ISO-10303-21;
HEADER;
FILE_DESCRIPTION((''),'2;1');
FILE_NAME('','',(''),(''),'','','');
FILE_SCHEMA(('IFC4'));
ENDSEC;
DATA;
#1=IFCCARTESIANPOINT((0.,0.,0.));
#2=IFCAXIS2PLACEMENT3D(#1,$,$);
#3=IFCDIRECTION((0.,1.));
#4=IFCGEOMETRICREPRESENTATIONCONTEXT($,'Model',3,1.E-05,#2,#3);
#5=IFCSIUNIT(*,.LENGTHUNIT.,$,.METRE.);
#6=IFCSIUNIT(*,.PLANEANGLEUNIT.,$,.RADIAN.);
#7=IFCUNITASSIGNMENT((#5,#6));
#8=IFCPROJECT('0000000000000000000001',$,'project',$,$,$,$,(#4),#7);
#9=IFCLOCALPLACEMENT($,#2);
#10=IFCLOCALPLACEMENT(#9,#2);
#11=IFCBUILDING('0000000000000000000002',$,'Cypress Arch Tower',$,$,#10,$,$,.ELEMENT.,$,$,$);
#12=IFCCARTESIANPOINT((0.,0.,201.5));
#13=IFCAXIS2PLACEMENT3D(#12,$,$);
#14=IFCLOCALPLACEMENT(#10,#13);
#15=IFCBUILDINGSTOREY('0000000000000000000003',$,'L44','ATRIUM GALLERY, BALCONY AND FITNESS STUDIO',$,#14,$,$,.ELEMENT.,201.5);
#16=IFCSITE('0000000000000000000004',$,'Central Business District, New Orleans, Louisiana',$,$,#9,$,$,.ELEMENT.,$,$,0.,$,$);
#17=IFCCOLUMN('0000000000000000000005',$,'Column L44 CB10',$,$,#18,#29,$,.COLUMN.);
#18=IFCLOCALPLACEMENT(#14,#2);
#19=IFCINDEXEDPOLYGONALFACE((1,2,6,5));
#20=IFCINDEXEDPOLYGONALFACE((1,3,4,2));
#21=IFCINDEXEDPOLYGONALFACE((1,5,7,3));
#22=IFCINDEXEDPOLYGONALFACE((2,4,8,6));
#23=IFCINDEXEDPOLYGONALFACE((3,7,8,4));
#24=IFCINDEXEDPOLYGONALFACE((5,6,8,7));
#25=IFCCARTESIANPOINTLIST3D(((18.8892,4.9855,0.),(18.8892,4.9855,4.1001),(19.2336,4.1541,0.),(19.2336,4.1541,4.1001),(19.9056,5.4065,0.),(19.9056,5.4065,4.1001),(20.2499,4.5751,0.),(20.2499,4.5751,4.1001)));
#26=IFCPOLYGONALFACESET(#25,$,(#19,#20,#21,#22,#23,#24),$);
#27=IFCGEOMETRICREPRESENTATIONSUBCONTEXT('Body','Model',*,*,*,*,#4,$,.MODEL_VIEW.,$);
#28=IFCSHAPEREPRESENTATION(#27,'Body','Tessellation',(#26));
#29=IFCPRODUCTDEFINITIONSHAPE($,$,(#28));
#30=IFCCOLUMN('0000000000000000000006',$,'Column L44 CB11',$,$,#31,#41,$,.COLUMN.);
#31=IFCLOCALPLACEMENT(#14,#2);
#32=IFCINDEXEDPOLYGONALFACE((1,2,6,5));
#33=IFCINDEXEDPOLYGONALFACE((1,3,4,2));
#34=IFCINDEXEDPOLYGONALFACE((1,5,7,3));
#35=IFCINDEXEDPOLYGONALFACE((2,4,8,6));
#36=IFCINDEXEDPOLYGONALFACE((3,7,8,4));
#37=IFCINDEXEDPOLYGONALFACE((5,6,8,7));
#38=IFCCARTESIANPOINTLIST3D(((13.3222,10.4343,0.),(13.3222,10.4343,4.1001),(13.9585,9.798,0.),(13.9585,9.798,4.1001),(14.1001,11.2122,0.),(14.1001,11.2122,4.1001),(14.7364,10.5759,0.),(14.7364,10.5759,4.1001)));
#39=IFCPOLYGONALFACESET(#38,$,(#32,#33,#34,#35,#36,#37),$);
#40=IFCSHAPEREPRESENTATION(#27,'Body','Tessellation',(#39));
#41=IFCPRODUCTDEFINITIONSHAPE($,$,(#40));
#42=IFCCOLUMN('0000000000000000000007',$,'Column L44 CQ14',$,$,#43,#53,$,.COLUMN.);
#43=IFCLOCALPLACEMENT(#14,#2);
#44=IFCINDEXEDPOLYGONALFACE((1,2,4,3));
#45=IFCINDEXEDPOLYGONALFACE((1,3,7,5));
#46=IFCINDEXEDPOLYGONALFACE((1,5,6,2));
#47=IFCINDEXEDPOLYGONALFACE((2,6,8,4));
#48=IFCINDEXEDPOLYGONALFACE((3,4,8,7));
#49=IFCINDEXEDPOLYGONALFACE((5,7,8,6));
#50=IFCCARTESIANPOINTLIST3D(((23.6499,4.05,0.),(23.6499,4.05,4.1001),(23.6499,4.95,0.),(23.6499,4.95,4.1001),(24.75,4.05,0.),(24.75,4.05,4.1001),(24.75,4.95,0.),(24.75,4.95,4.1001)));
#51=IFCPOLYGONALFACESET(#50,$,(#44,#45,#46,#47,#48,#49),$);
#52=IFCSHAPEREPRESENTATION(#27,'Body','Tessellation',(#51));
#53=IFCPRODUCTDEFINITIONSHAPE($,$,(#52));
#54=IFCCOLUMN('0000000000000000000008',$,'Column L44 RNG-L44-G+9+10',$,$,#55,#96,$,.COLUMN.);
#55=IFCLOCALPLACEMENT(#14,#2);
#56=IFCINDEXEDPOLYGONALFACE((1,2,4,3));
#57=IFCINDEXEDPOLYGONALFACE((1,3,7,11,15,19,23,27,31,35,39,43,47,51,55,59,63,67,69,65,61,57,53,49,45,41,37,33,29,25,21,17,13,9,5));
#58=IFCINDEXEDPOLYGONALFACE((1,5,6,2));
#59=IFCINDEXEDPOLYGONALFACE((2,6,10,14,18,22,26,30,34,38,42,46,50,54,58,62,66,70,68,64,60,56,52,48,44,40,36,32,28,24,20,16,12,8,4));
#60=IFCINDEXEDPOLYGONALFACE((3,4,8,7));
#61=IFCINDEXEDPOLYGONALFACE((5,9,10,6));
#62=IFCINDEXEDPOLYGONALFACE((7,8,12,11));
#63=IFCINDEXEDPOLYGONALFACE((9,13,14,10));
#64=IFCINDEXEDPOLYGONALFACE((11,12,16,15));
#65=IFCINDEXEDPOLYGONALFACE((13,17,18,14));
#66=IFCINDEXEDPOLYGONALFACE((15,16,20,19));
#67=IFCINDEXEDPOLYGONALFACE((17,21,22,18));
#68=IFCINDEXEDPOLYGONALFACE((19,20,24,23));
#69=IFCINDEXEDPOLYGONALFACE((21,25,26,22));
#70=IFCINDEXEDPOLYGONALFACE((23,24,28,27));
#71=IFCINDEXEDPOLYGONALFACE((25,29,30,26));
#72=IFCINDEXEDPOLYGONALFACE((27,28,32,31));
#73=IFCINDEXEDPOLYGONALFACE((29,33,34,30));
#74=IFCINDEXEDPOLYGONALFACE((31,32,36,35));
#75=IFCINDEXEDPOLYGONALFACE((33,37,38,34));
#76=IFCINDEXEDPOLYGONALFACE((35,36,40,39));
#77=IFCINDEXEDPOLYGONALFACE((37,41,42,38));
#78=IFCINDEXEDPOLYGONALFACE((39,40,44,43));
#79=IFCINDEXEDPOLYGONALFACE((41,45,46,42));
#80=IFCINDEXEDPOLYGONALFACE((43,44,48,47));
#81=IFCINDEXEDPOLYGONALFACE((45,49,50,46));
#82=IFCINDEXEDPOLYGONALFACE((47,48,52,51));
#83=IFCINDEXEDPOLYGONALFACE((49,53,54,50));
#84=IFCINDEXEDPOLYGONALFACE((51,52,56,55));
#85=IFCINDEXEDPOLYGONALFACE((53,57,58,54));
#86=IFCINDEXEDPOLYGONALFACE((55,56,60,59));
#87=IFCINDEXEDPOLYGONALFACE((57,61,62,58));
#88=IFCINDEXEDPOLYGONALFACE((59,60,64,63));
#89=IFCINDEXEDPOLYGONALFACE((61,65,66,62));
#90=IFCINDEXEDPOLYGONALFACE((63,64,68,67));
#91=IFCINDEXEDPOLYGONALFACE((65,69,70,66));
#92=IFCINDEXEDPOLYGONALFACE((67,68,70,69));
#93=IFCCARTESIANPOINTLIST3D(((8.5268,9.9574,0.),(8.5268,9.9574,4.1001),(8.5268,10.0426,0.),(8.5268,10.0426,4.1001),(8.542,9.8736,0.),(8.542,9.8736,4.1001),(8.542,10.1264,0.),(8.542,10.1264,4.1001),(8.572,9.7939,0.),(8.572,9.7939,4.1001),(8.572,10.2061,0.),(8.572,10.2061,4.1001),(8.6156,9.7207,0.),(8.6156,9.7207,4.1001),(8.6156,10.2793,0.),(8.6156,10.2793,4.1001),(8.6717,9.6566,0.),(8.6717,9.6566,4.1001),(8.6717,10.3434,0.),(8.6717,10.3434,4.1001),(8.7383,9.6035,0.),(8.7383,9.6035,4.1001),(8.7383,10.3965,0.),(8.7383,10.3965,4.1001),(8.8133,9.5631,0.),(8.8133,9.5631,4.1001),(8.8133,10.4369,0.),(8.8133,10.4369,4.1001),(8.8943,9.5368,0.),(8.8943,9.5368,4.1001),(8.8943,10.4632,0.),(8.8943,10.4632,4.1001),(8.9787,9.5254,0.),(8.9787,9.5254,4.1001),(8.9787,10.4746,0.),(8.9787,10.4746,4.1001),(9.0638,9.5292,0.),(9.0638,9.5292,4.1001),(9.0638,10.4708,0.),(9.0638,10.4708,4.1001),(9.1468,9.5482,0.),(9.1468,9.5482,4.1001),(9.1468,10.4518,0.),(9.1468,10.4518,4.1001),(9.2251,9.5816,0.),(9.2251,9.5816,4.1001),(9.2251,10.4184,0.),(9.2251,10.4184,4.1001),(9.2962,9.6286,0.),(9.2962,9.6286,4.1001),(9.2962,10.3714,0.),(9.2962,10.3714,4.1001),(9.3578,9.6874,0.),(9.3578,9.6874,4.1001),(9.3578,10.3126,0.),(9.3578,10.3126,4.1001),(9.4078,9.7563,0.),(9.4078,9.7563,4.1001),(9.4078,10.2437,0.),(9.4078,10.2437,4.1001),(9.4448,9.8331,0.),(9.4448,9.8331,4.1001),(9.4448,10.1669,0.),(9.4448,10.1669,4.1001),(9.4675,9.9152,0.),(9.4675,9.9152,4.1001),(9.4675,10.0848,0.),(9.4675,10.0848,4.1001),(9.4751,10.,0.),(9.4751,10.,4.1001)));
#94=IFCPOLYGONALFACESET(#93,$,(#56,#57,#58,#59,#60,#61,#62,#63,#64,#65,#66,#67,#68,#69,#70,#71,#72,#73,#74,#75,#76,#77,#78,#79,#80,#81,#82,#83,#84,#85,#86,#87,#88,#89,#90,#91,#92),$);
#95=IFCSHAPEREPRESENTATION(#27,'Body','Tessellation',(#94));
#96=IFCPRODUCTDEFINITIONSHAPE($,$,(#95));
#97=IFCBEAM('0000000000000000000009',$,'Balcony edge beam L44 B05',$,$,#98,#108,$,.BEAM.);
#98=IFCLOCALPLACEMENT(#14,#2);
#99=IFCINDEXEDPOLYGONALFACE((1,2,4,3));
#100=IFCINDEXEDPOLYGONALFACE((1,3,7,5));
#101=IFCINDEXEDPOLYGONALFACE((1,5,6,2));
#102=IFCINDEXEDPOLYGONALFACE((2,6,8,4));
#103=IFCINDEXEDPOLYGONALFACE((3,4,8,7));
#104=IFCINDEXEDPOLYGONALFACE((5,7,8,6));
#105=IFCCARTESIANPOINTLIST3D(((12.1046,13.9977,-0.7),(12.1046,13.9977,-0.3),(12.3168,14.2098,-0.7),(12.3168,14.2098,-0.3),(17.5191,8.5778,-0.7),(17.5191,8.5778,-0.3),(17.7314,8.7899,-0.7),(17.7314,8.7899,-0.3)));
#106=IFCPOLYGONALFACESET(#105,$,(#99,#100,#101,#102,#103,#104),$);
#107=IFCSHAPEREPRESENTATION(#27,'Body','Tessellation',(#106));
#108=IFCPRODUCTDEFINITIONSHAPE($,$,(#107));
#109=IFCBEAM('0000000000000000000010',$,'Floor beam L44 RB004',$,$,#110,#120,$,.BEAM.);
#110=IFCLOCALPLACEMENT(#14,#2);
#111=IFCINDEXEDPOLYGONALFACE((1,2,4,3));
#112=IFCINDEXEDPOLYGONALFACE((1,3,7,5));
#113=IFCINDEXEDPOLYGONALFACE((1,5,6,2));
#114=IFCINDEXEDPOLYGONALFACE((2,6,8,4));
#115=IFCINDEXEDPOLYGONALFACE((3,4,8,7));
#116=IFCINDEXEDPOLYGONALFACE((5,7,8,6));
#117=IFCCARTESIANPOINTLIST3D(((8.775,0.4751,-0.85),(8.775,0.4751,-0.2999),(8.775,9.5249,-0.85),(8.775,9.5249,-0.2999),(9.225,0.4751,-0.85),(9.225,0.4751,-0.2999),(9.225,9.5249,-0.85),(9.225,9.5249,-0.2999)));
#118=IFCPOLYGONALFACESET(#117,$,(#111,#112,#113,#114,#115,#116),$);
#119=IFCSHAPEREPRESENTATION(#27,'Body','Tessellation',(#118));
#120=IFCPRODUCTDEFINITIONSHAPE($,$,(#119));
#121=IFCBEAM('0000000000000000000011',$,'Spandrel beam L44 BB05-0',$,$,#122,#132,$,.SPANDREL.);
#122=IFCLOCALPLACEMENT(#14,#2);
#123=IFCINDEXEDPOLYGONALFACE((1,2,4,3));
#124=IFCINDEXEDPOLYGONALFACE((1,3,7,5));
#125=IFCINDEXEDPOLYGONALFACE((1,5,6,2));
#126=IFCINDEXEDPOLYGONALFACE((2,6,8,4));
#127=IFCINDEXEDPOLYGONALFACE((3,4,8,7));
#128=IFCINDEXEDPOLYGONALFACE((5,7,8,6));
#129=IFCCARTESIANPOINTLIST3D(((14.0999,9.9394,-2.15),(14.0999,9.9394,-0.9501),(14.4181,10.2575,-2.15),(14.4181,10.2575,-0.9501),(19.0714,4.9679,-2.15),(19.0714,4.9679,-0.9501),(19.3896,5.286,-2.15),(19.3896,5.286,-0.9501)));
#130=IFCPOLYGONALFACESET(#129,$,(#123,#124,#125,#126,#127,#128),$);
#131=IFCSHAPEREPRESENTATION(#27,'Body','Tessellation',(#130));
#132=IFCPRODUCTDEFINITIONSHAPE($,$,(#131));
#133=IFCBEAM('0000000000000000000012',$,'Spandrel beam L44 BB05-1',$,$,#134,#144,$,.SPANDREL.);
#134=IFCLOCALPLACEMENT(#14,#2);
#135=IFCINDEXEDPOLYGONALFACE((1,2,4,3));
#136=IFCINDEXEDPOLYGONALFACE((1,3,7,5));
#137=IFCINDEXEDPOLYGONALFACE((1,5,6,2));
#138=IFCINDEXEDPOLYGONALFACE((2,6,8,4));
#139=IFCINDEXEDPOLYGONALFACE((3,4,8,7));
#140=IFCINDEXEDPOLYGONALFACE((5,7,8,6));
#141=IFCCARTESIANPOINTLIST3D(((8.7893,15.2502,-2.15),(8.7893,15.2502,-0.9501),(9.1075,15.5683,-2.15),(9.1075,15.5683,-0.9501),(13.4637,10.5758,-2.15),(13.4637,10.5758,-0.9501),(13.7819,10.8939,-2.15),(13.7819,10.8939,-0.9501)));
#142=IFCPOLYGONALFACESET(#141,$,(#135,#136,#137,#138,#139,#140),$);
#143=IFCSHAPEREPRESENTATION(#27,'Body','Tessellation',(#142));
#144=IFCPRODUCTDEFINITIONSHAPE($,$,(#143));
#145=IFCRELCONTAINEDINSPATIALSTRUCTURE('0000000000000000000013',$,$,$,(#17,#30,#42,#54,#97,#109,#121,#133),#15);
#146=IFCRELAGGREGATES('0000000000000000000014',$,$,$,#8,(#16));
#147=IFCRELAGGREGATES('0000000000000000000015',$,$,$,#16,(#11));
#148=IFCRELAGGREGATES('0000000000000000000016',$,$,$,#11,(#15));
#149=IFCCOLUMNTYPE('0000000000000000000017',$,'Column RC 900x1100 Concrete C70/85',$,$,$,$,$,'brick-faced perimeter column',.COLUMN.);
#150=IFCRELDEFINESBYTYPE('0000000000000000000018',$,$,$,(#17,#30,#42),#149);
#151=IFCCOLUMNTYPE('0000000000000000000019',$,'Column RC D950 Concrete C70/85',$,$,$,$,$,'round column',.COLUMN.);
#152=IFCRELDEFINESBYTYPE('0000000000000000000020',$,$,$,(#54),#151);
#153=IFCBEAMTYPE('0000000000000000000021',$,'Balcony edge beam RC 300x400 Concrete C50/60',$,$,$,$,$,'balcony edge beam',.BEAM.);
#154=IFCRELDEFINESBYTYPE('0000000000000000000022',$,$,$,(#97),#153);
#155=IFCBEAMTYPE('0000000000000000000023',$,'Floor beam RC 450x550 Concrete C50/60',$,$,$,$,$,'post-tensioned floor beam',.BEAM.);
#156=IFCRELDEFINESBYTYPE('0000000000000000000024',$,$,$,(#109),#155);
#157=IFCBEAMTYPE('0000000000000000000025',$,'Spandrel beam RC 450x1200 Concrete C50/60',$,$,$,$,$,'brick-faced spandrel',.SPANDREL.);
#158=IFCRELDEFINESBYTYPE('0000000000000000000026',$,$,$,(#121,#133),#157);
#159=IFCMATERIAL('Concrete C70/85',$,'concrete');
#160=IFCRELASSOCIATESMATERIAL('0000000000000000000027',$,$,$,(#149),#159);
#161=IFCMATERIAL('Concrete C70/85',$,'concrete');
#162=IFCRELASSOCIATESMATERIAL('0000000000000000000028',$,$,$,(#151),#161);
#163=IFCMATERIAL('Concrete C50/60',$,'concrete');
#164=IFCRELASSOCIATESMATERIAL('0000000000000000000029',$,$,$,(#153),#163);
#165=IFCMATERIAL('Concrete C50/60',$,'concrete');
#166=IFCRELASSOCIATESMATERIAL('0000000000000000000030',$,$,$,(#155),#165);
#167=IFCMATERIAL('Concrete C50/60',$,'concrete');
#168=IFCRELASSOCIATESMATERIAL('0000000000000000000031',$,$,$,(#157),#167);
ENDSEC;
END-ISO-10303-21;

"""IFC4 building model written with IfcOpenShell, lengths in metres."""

from ifc_helpers import new_model, si_unit, direction, frame, origin, origin_2d, place, context, subcontext, project, spatial, rectangle, circle, extrude, material, material_profile, profile_set, type_object, element, save


model = new_model("IFC4")

# Units and contexts
model_context = context("Model", 3, precision=1e-05, world=origin(), true_north=direction((0.0, 1.0)))
body_context = subcontext(model_context, "Body", "Model", "MODEL_VIEW")
ifc_project = project(units=[si_unit("LENGTHUNIT", "METRE"), si_unit("PLANEANGLEUNIT", "RADIAN")], contexts=[model_context])

# Site, building, storey
site_placement = place(None, origin())
site = spatial("IfcSite", under=ifc_project, at=site_placement, Name="Central Business District, New Orleans, Louisiana", CompositionType="ELEMENT", RefElevation=0.0)
building_placement = place(site_placement, origin())
building = spatial("IfcBuilding", under=site, at=building_placement, Name="Cypress Arch Tower", CompositionType="ELEMENT")
storey_placement = place(building_placement, frame((0.0, 0.0, 201.5)))
storey = spatial("IfcBuildingStorey", under=building, at=storey_placement, Name="L44", Description="ATRIUM GALLERY, BALCONY AND FITNESS STUDIO", CompositionType="ELEMENT", Elevation=201.5)

# Columns
ifc_material_1 = material(Name="Concrete C70/85", Category="concrete")
ifc_material_profile_1 = material_profile(ifc_material_1, rectangle(XDim=0.8999, YDim=1.1001, at=origin_2d()), Name="RC 900x1100")
ifc_profile_set_1 = profile_set([ifc_material_profile_1], Name="Concrete C70/85")
column_type_1 = type_object("IfcColumnType", Name="Column RC 900x1100 Concrete C70/85", ElementType="brick-faced perimeter column", PredefinedType="COLUMN", material=ifc_profile_set_1)
for number, where, z_axis, x_axis, name in (
    (1, (19.5696, 4.7803, 0.0), (0.0, 0.0, 1.0), (-0.382683, 0.92388, 0.0), "Column L44 CB10"),
    (2, (14.0293, 10.5051, 0.0), (0.0, 0.0, 1.0), (-0.707107, 0.707107, 0.0), "Column L44 CB11"),
    (3, (24.2, 4.5, 0.0), (0.0, 0.0, 1.0), (0.0, 1.0, 0.0), "Column L44 CQ14"),
):
    element("IfcColumn", number, at=place(storey_placement, frame(where, z_axis=z_axis, x_axis=x_axis)), inside=storey, type_object=column_type_1, Name=name, PredefinedType="COLUMN", context=body_context, shape_type="SweptSolid", body=[
        extrude(rectangle(XDim=0.8999, YDim=1.1001, at=origin_2d()), origin(), (0.0, 0.0, 1.0), 4.1001),
    ])
ifc_material_2 = material(Name="Concrete C70/85", Category="concrete")
ifc_material_profile_2 = material_profile(ifc_material_2, circle(Radius=0.4751, at=origin_2d()), Name="RC D950")
ifc_profile_set_2 = profile_set([ifc_material_profile_2], Name="Concrete C70/85")
column_type_2 = type_object("IfcColumnType", Name="Column RC D950 Concrete C70/85", ElementType="round column", PredefinedType="COLUMN", material=ifc_profile_set_2)
column_placement = place(storey_placement, frame((9.0, 10.0, 0.0), z_axis=(0.0, 0.0, 1.0), x_axis=(1.0, 0.0, 0.0)))
element("IfcColumn", 4, at=column_placement, inside=storey, type_object=column_type_2, Name="Column L44 RNG-L44-G+9+10", PredefinedType="COLUMN", context=body_context, shape_type="SweptSolid", body=[
    extrude(circle(Radius=0.4751, at=origin_2d()), origin(), (0.0, 0.0, 1.0), 4.1001),
])

# Beams
ifc_material_3 = material(Name="Concrete C50/60", Category="concrete")
ifc_material_profile_3 = material_profile(ifc_material_3, rectangle(XDim=0.3, YDim=0.3999, at=origin_2d()), Name="RC 300x400")
ifc_profile_set_3 = profile_set([ifc_material_profile_3], Name="Concrete C50/60")
beam_type_1 = type_object("IfcBeamType", Name="Balcony edge beam RC 300x400 Concrete C50/60", ElementType="balcony edge beam", PredefinedType="BEAM", material=ifc_profile_set_3)
beam_1_placement = place(storey_placement, frame((17.6252, 8.6838, -0.5), z_axis=(-0.706756, 0.707457, 0.0), x_axis=(-0.707457, -0.706756, 0.0)))
element("IfcBeam", 5, at=beam_1_placement, inside=storey, type_object=beam_type_1, Name="Balcony edge beam L44 B05", PredefinedType="BEAM", context=body_context, shape_type="SweptSolid", body=[
    extrude(rectangle(XDim=0.3, YDim=0.3999, at=origin_2d()), origin(), (0.0, 0.0, 1.0), 7.6611),
])
ifc_material_4 = material(Name="Concrete C50/60", Category="concrete")
ifc_material_profile_4 = material_profile(ifc_material_4, rectangle(XDim=0.45, YDim=0.55, at=origin_2d()), Name="RC 450x550")
ifc_profile_set_4 = profile_set([ifc_material_profile_4], Name="Concrete C50/60")
beam_type_2 = type_object("IfcBeamType", Name="Floor beam RC 450x550 Concrete C50/60", ElementType="post-tensioned floor beam", PredefinedType="BEAM", material=ifc_profile_set_4)
beam_2_placement = place(storey_placement, frame((9.0, 0.4751, -0.575), z_axis=(0.0, 1.0, 0.0), x_axis=(-1.0, 0.0, 0.0)))
element("IfcBeam", 6, at=beam_2_placement, inside=storey, type_object=beam_type_2, Name="Floor beam L44 RB004", PredefinedType="BEAM", context=body_context, shape_type="SweptSolid", body=[
    extrude(rectangle(XDim=0.45, YDim=0.55, at=origin_2d()), origin(), (0.0, 0.0, 1.0), 9.0498),
])
ifc_material_5 = material(Name="Concrete C50/60", Category="concrete")
ifc_material_profile_5 = material_profile(ifc_material_5, rectangle(XDim=0.45, YDim=1.2, at=origin_2d()), Name="RC 450x1200")
ifc_profile_set_5 = profile_set([ifc_material_profile_5], Name="Concrete C50/60")
beam_type_3 = type_object("IfcBeamType", Name="Spandrel beam RC 450x1200 Concrete C50/60", ElementType="brick-faced spandrel", PredefinedType="SPANDREL", material=ifc_profile_set_5)
beam_3_placement = place(storey_placement, frame((19.2305, 5.127, -1.55), z_axis=(-0.707107, 0.707107, 0.0), x_axis=(-0.707107, -0.707107, 0.0)))
element("IfcBeam", 7, at=beam_3_placement, inside=storey, type_object=beam_type_3, Name="Spandrel beam L44 BB05-0", PredefinedType="SPANDREL", context=body_context, shape_type="SweptSolid", body=[
    extrude(rectangle(XDim=0.45, YDim=1.2, at=origin_2d()), origin(), (0.0, 0.0, 1.0), 7.0308),
])
beam_4_placement = place(storey_placement, frame((13.6228, 10.7349, -1.55), z_axis=(-0.707107, 0.707107, 0.0), x_axis=(-0.707107, -0.707107, 0.0)))
element("IfcBeam", 8, at=beam_4_placement, inside=storey, type_object=beam_type_3, Name="Spandrel beam L44 BB05-1", PredefinedType="SPANDREL", context=body_context, shape_type="SweptSolid", body=[
    extrude(rectangle(XDim=0.45, YDim=1.2, at=origin_2d()), origin(), (0.0, 0.0, 1.0), 6.6106),
])

save(model, "model.ifc")
